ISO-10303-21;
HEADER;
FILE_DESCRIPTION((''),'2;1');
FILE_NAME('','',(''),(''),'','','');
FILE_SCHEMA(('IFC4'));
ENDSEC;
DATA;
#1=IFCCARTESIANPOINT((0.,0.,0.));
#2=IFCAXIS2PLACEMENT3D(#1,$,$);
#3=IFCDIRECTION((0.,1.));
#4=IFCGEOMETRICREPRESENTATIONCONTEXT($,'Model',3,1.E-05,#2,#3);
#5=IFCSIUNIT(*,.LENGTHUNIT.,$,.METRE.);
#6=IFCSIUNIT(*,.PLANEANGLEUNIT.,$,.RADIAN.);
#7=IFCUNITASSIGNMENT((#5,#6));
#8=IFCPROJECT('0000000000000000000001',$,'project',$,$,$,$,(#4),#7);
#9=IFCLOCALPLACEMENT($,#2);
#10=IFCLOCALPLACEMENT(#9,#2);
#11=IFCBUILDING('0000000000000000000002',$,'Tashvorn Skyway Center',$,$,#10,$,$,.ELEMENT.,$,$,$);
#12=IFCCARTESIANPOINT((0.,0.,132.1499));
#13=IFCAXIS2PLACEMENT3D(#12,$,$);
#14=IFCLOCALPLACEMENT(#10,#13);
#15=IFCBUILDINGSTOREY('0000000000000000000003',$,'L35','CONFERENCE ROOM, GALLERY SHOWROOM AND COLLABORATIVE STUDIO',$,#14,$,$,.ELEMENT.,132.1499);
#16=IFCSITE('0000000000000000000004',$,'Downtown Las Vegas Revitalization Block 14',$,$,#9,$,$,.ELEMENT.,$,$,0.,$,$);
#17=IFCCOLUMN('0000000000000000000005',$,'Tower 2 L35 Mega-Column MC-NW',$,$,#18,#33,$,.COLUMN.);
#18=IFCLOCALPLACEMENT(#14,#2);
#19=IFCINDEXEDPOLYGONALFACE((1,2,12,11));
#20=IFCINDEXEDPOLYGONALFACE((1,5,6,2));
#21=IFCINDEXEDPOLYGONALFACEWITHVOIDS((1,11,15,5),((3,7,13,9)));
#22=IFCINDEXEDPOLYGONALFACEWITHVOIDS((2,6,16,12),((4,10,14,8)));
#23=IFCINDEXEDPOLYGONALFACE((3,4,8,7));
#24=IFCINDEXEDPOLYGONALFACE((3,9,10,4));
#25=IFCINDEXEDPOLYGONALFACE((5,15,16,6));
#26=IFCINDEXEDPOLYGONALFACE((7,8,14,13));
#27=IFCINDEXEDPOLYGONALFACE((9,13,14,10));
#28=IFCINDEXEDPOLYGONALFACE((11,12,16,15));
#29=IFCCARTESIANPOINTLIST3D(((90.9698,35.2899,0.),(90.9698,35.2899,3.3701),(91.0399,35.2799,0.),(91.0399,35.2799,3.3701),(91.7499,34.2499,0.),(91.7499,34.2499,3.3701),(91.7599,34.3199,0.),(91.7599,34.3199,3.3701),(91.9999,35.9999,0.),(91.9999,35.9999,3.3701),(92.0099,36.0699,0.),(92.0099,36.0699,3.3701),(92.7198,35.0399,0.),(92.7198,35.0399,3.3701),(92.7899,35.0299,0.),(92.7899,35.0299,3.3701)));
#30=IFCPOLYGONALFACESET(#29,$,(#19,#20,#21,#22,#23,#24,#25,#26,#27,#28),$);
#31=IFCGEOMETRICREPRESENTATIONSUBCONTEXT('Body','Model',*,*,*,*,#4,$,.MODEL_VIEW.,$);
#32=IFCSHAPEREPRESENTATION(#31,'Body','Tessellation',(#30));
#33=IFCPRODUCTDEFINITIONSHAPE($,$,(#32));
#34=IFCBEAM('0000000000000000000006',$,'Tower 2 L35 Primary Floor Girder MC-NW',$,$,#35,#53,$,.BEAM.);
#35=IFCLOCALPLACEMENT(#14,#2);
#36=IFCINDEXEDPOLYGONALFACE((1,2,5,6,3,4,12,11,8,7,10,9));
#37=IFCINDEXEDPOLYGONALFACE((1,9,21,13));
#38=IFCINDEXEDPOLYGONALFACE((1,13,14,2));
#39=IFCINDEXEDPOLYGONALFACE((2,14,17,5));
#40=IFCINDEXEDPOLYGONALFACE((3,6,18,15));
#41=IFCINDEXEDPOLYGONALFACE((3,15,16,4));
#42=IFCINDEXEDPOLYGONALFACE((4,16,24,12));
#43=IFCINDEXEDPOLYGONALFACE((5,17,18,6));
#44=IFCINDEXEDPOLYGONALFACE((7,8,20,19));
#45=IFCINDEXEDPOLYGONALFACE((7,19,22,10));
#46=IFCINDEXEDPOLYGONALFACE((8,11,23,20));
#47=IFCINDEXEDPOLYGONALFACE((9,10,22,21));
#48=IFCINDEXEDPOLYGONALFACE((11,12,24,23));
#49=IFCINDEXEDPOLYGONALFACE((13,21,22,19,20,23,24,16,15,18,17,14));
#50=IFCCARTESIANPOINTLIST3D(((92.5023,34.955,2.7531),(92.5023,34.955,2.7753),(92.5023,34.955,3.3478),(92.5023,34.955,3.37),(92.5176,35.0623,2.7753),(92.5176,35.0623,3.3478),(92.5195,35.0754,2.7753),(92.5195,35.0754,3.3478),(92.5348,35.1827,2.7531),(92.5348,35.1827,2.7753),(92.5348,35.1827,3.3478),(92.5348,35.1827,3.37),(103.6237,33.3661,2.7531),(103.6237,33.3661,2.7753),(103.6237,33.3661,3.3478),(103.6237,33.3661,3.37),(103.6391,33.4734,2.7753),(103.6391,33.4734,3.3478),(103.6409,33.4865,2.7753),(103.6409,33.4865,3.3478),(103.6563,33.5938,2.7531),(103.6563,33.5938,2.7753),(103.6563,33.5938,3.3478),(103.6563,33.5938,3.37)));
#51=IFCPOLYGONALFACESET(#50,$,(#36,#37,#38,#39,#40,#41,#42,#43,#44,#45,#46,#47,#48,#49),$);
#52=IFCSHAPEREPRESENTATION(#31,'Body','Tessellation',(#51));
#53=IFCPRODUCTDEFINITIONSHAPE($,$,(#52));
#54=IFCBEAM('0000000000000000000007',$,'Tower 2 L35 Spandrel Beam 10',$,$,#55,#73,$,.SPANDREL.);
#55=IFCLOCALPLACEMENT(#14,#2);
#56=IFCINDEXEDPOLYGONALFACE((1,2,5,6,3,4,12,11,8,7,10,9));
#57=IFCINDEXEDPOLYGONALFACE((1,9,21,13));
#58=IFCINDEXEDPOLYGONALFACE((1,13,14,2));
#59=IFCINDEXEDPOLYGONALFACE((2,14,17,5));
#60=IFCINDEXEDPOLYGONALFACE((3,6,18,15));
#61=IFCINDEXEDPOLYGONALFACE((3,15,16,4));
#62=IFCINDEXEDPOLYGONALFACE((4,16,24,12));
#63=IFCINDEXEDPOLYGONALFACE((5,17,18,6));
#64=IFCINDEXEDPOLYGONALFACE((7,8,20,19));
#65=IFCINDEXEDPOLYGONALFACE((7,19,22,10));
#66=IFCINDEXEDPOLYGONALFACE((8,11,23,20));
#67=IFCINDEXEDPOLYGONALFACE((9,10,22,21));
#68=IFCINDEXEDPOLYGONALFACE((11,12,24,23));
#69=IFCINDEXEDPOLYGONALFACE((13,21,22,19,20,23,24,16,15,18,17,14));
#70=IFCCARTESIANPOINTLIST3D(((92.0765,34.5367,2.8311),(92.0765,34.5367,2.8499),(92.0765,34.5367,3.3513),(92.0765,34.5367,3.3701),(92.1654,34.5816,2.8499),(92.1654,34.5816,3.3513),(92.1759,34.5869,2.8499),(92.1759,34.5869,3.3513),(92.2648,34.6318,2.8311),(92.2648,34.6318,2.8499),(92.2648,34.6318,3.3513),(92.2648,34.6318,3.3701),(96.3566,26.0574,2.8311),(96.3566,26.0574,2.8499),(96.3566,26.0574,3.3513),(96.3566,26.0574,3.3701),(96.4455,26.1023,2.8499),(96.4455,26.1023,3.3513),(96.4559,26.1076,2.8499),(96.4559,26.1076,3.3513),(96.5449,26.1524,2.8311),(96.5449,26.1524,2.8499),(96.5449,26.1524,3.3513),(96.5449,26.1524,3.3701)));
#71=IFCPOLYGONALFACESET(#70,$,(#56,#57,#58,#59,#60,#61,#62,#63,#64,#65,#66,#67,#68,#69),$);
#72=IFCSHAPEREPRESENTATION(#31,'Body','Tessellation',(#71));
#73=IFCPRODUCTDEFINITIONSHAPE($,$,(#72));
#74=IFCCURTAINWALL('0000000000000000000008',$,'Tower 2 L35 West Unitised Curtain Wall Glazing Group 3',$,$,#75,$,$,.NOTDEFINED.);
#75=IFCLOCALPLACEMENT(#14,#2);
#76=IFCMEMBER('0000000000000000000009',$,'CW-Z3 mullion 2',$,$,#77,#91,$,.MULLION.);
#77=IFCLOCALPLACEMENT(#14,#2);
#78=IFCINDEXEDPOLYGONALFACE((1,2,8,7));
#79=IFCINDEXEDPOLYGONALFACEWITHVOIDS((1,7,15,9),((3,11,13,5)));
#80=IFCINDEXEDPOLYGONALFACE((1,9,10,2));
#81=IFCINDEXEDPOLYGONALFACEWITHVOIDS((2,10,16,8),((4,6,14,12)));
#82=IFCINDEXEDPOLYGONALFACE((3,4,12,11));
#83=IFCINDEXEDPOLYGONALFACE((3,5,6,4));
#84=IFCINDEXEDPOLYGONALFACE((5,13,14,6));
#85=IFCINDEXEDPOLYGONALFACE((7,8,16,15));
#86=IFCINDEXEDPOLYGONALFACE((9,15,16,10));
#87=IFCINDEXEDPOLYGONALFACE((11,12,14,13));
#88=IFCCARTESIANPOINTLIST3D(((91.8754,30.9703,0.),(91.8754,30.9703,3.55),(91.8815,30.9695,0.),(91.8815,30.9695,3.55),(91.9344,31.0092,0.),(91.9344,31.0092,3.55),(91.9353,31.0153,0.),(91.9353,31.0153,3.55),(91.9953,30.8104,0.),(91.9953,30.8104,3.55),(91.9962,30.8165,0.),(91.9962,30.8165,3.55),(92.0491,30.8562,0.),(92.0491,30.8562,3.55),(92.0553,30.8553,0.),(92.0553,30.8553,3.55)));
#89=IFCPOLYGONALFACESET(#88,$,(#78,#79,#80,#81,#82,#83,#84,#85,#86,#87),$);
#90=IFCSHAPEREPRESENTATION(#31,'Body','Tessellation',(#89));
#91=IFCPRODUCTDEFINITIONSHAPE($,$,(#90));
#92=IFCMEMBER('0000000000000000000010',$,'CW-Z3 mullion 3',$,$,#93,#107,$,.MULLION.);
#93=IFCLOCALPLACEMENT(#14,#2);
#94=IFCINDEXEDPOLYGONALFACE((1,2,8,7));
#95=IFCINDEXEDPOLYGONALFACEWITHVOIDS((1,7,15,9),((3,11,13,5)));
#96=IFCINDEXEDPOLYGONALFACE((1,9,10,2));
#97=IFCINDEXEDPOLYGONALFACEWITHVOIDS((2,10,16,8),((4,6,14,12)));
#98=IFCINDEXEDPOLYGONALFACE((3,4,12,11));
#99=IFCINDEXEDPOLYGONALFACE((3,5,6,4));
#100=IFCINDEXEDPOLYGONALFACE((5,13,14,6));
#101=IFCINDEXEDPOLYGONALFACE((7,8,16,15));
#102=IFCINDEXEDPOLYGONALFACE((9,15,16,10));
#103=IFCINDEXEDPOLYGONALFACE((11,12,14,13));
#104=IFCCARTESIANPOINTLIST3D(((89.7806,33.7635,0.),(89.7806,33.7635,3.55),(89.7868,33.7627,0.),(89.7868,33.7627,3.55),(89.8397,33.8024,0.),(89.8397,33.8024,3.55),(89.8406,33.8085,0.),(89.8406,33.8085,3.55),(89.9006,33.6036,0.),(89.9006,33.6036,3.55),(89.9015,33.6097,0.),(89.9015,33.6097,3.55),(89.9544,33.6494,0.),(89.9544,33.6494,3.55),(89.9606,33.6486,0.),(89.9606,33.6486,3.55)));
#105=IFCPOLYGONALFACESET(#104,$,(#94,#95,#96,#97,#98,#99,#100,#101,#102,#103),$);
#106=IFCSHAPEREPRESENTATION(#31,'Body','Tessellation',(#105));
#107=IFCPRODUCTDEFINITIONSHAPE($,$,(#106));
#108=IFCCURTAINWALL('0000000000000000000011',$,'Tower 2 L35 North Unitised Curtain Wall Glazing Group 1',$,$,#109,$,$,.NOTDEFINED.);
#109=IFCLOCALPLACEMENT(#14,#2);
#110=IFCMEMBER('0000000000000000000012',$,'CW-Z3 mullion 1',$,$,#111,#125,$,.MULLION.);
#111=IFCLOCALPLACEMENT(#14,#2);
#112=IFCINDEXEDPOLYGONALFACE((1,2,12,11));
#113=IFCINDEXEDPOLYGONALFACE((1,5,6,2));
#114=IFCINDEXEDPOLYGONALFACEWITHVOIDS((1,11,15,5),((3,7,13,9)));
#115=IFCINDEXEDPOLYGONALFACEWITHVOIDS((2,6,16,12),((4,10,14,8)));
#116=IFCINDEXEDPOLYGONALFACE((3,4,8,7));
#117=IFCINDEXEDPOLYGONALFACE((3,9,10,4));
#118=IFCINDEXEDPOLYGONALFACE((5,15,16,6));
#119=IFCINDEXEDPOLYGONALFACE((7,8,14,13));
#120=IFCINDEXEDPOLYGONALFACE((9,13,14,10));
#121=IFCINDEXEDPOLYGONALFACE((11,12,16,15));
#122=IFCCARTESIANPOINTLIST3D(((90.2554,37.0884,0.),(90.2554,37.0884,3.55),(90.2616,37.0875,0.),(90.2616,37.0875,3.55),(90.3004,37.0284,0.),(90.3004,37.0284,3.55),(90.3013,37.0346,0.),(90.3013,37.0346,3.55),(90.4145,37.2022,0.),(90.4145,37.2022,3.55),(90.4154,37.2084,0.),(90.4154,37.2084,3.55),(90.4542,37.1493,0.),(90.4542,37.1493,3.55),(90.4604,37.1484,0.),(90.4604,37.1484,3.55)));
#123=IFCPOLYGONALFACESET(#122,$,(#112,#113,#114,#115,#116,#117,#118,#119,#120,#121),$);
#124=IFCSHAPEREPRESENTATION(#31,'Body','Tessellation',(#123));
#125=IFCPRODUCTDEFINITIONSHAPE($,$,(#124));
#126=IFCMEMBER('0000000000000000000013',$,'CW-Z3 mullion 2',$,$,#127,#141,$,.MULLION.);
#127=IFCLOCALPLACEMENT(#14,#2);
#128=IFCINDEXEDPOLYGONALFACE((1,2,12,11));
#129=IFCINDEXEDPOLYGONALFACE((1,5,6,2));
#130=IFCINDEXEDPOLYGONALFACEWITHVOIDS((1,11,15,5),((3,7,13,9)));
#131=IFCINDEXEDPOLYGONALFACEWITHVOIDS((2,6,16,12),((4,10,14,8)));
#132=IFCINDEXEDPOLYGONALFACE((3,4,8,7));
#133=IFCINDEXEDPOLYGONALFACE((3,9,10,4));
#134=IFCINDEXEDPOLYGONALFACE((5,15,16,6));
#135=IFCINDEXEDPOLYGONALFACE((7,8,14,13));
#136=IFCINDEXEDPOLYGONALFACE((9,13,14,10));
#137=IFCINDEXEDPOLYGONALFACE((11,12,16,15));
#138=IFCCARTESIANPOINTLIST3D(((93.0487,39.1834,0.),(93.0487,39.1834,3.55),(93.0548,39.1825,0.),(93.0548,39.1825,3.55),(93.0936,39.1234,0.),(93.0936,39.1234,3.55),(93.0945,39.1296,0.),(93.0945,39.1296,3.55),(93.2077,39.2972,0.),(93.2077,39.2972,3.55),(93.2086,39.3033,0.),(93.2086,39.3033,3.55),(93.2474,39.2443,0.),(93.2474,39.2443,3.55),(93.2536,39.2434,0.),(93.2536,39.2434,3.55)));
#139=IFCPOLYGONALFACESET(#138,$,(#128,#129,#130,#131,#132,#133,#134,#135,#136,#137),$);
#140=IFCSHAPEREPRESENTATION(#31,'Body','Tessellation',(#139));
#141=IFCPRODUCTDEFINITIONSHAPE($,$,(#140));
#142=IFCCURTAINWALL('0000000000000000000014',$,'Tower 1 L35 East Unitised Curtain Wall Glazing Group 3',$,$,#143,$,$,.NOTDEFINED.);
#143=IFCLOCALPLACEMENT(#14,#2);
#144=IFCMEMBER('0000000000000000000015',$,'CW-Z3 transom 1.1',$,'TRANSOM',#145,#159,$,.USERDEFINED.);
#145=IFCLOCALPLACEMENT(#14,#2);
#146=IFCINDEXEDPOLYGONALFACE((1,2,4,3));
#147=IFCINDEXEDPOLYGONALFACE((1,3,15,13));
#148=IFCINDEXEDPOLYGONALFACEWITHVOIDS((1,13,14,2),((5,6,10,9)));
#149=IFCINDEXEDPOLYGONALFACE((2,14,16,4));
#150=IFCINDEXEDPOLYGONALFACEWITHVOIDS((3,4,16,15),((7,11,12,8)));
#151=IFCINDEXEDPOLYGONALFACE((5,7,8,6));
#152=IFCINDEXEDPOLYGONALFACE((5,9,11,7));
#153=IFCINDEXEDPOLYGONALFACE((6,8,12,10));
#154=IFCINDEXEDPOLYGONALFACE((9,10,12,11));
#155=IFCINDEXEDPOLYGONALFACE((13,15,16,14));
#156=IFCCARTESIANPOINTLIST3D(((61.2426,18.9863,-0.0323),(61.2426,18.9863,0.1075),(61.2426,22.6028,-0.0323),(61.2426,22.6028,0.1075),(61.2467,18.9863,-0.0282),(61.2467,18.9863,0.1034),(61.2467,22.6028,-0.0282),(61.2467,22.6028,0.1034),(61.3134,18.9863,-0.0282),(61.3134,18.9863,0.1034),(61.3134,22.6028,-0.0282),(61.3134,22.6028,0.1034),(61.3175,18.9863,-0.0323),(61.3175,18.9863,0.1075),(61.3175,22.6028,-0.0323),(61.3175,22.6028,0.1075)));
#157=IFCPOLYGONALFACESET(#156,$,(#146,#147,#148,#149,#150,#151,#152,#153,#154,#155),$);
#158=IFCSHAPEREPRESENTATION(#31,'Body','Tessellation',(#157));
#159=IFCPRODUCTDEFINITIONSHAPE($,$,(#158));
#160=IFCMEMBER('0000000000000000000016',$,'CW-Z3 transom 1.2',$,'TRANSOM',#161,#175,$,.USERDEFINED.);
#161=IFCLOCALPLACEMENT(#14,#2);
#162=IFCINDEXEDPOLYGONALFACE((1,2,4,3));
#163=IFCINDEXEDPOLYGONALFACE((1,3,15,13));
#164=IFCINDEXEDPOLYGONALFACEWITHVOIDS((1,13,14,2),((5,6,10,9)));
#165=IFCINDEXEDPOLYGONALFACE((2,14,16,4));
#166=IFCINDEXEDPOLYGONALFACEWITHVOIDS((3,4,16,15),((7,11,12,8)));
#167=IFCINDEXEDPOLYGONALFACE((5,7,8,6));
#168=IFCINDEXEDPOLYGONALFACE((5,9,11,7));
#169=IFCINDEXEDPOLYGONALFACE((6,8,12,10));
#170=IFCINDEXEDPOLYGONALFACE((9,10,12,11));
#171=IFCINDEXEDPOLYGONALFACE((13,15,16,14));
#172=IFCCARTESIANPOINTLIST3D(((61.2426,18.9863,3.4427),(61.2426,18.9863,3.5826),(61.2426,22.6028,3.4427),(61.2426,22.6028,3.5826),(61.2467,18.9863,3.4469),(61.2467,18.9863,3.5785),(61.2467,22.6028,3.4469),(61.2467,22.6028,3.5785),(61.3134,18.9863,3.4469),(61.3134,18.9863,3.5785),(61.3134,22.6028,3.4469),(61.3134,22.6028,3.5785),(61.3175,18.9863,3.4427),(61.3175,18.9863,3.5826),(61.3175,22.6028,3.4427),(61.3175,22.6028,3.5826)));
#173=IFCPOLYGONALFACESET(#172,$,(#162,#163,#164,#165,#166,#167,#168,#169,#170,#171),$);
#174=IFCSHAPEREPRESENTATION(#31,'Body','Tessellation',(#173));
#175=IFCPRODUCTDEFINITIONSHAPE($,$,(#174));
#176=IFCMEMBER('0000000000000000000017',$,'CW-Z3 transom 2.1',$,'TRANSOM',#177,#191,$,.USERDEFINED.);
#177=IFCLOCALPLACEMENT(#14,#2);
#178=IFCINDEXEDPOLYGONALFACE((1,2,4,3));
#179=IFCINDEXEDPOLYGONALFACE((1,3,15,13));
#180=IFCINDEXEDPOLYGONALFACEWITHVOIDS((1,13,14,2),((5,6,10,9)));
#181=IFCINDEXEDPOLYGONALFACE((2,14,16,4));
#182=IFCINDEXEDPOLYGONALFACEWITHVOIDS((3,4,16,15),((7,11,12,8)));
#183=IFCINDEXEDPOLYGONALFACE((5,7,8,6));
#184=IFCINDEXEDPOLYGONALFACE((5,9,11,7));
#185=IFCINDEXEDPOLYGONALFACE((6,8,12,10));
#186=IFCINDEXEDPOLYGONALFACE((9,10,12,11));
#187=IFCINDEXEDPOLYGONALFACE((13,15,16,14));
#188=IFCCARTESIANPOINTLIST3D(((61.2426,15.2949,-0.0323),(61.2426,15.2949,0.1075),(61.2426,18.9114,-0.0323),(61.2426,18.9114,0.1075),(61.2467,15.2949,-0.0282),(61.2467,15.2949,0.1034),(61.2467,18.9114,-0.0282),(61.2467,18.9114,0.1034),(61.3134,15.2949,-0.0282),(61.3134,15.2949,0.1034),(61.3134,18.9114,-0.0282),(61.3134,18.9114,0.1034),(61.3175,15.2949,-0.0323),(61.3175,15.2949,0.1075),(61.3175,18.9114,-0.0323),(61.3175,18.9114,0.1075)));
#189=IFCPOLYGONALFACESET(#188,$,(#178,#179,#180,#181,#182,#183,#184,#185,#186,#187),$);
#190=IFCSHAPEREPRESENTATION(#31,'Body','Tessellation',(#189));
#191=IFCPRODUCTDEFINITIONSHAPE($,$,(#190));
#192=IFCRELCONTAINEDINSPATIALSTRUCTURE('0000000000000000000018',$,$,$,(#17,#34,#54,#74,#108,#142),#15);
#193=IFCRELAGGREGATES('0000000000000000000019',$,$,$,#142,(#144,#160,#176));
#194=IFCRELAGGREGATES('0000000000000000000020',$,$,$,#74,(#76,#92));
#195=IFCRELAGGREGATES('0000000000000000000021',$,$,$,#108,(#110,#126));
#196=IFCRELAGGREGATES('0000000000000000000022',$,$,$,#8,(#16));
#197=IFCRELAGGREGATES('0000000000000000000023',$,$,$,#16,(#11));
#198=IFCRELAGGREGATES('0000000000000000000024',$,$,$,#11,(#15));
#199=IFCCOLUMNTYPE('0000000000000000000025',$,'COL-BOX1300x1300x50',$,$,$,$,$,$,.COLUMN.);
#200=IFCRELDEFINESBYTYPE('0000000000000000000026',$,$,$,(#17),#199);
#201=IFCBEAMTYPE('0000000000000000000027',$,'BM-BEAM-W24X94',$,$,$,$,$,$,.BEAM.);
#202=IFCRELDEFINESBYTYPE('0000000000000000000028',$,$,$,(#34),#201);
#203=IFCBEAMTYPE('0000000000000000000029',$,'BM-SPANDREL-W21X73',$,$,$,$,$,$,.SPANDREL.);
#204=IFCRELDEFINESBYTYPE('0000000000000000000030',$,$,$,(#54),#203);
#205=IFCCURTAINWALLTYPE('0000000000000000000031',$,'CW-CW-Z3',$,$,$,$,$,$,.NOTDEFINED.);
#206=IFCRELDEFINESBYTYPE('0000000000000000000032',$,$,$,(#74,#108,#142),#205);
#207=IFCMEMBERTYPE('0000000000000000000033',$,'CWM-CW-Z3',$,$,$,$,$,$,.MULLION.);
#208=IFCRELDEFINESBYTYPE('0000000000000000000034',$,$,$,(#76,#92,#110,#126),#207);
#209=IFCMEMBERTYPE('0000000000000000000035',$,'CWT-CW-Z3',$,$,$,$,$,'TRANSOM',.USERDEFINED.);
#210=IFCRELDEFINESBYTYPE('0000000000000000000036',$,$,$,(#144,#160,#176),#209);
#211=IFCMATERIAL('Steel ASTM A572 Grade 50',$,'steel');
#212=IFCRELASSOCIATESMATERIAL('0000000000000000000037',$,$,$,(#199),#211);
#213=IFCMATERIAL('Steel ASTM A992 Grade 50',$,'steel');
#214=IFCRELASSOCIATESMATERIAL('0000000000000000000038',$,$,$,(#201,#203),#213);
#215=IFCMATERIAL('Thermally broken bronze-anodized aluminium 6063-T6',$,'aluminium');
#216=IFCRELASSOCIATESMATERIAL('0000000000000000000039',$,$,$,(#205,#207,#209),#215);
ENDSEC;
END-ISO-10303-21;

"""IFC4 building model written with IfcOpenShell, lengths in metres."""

from ifc_helpers import new_model, si_unit, direction, frame, origin, origin_2d, place, context, subcontext, project, spatial, hollow_rectangle, i_section, extrude, material, material_profile, profile_set, type_object, element, aggregate, save


model = new_model("IFC4")

# Units and contexts
model_context = context("Model", 3, precision=1e-05, world=origin(), true_north=direction((0.0, 1.0)))
body_context = subcontext(model_context, "Body", "Model", "MODEL_VIEW")
ifc_project = project(units=[si_unit("LENGTHUNIT", "METRE"), si_unit("PLANEANGLEUNIT", "RADIAN")], contexts=[model_context])

# Site, building, storey
site_placement = place(None, origin())
site = spatial("IfcSite", under=ifc_project, at=site_placement, Name="Downtown Las Vegas Revitalization Block 14", CompositionType="ELEMENT", RefElevation=0.0)
building_placement = place(site_placement, origin())
building = spatial("IfcBuilding", under=site, at=building_placement, Name="Tashvorn Skyway Center", CompositionType="ELEMENT")
storey_placement = place(building_placement, frame((0.0, 0.0, 132.1499)))
storey = spatial("IfcBuildingStorey", under=building, at=storey_placement, Name="L35", Description="CONFERENCE ROOM, GALLERY SHOWROOM AND COLLABORATIVE STUDIO", CompositionType="ELEMENT", Elevation=132.1499)

# Column
ifc_material_1 = material(Name="Steel ASTM A572 Grade 50", Category="steel")
ifc_material_profile_1 = material_profile(ifc_material_1, hollow_rectangle(XDim=1.3, YDim=1.3, WallThickness=0.05, at=origin_2d()), Name="BOX1300x1300x50")
ifc_profile_set_1 = profile_set([ifc_material_profile_1], Name="Steel ASTM A572 Grade 50")
column_type = type_object("IfcColumnType", Name="COL-BOX1300x1300x50", PredefinedType="COLUMN", material=ifc_profile_set_1)
column_placement = place(storey_placement, frame((91.8799, 35.1599, 0.0), z_axis=(0.0, 0.0, 1.0), x_axis=(0.8, 0.6, 0.0)))
element("IfcColumn", 1, at=column_placement, inside=storey, type_object=column_type, Name="Tower 2 L35 Mega-Column MC-NW", PredefinedType="COLUMN", context=body_context, shape_type="SweptSolid", body=[
    extrude(hollow_rectangle(XDim=1.3, YDim=1.3, WallThickness=0.05, at=origin_2d()), origin(), (0.0, 0.0, 1.0), 3.3701),
])

# Beams
ifc_material_2 = material(Name="Steel ASTM A992 Grade 50", Category="steel")
ifc_material_profile_2 = material_profile(ifc_material_2, i_section(OverallWidth=0.23, OverallDepth=0.6169, WebThickness=0.0132, FlangeThickness=0.0222, at=origin_2d()), Name="W24X94")
ifc_profile_set_2 = profile_set([ifc_material_profile_2], Name="Steel ASTM A992 Grade 50")
beam_type_1 = type_object("IfcBeamType", Name="BM-BEAM-W24X94", PredefinedType="BEAM", material=ifc_profile_set_2)
beam_1_placement = place(storey_placement, frame((92.5186, 35.0688, 3.0615), z_axis=(0.989948, -0.14143, 0.0), x_axis=(0.14143, 0.989948, 0.0)))
element("IfcBeam", 2, at=beam_1_placement, inside=storey, type_object=beam_type_1, Name="Tower 2 L35 Primary Floor Girder MC-NW", PredefinedType="BEAM", context=body_context, shape_type="SweptSolid", body=[
    extrude(i_section(OverallWidth=0.23, OverallDepth=0.6169, WebThickness=0.0132, FlangeThickness=0.0222, at=origin_2d()), origin(), (0.0, 0.0, 1.0), 11.2344),
])
ifc_material_profile_3 = material_profile(ifc_material_2, i_section(OverallWidth=0.2109, OverallDepth=0.5391, WebThickness=0.0117, FlangeThickness=0.0188, at=origin_2d()), Name="W21X73")
ifc_profile_set_3 = profile_set([ifc_material_profile_3], Name="Steel ASTM A992 Grade 50")
beam_type_2 = type_object("IfcBeamType", Name="BM-SPANDREL-W21X73", PredefinedType="SPANDREL", material=ifc_profile_set_3)
beam_2_placement = place(storey_placement, frame((92.1707, 34.5842, 3.1006), z_axis=(0.450614, -0.892719, 0.0), x_axis=(0.892719, 0.450614, 0.0)))
element("IfcBeam", 3, at=beam_2_placement, inside=storey, type_object=beam_type_2, Name="Tower 2 L35 Spandrel Beam 10", PredefinedType="SPANDREL", context=body_context, shape_type="SweptSolid", body=[
    extrude(i_section(OverallWidth=0.2109, OverallDepth=0.5391, WebThickness=0.0117, FlangeThickness=0.0188, at=origin_2d()), origin(), (0.0, 0.0, 1.0), 9.4983),
])

# Curtain walls, members
ifc_material_3 = material(Name="Thermally broken bronze-anodized aluminium 6063-T6", Category="aluminium")
curtain_wall_type = type_object("IfcCurtainWallType", Name="CW-CW-Z3", PredefinedType="NOTDEFINED", material=ifc_material_3)
curtain_wall_1_placement = place(storey_placement, origin())
curtain_wall_1 = element("IfcCurtainWall", 4, at=curtain_wall_1_placement, inside=storey, type_object=curtain_wall_type, Name="Tower 2 L35 West Unitised Curtain Wall Glazing Group 3", PredefinedType="NOTDEFINED")
ifc_material_profile_4 = material_profile(ifc_material_3, hollow_rectangle(XDim=0.075, YDim=0.2, WallThickness=0.0044, at=origin_2d()), Name="ALU-MULL-75x200")
ifc_profile_set_4 = profile_set([ifc_material_profile_4], Name="Thermally broken bronze-anodized aluminium 6063-T6")
member_type_1 = type_object("IfcMemberType", Name="CWM-CW-Z3", PredefinedType="MULLION", material=ifc_profile_set_4)
member_1_placement = place(storey_placement, frame((91.9653, 30.9128, 0.0), z_axis=(0.0, 0.0, 1.0), x_axis=(-0.799997, -0.600005, 0.0)))
member_1 = element("IfcMember", 5, at=member_1_placement, type_object=member_type_1, Name="CW-Z3 mullion 2", PredefinedType="MULLION", context=body_context, shape_type="SweptSolid", body=[
    extrude(hollow_rectangle(XDim=0.075, YDim=0.2, WallThickness=0.0044, at=origin_2d()), origin(), (0.0, 0.0, 1.0), 3.55),
])
member_2_placement = place(storey_placement, frame((89.8706, 33.7061, 0.0), z_axis=(0.0, 0.0, 1.0), x_axis=(-0.799997, -0.600005, 0.0)))
member_2 = element("IfcMember", 6, at=member_2_placement, type_object=member_type_1, Name="CW-Z3 mullion 3", PredefinedType="MULLION", context=body_context, shape_type="SweptSolid", body=[
    extrude(hollow_rectangle(XDim=0.075, YDim=0.2, WallThickness=0.0044, at=origin_2d()), origin(), (0.0, 0.0, 1.0), 3.55),
])
curtain_wall_2_placement = place(storey_placement, origin())
curtain_wall_2 = element("IfcCurtainWall", 7, at=curtain_wall_2_placement, inside=storey, type_object=curtain_wall_type, Name="Tower 2 L35 North Unitised Curtain Wall Glazing Group 1", PredefinedType="NOTDEFINED")
member_3_placement = place(storey_placement, frame((90.3579, 37.1184, 0.0), z_axis=(0.0, 0.0, 1.0), x_axis=(-0.600005, 0.799997, 0.0)))
member_3 = element("IfcMember", 8, at=member_3_placement, type_object=member_type_1, Name="CW-Z3 mullion 1", PredefinedType="MULLION", context=body_context, shape_type="SweptSolid", body=[
    extrude(hollow_rectangle(XDim=0.075, YDim=0.2, WallThickness=0.0044, at=origin_2d()), origin(), (0.0, 0.0, 1.0), 3.55),
])
member_4_placement = place(storey_placement, frame((93.1511, 39.2134, 0.0), z_axis=(0.0, 0.0, 1.0), x_axis=(-0.600005, 0.799997, 0.0)))
member_4 = element("IfcMember", 9, at=member_4_placement, type_object=member_type_1, Name="CW-Z3 mullion 2", PredefinedType="MULLION", context=body_context, shape_type="SweptSolid", body=[
    extrude(hollow_rectangle(XDim=0.075, YDim=0.2, WallThickness=0.0044, at=origin_2d()), origin(), (0.0, 0.0, 1.0), 3.55),
])
curtain_wall_3_placement = place(storey_placement, origin())
curtain_wall_3 = element("IfcCurtainWall", 10, at=curtain_wall_3_placement, inside=storey, type_object=curtain_wall_type, Name="Tower 1 L35 East Unitised Curtain Wall Glazing Group 3", PredefinedType="NOTDEFINED")
ifc_material_profile_5 = material_profile(ifc_material_3, hollow_rectangle(XDim=0.075, YDim=0.1399, WallThickness=0.0042, at=origin_2d()), Name="ALU-TRAN-75x140")
ifc_profile_set_5 = profile_set([ifc_material_profile_5], Name="Thermally broken bronze-anodized aluminium 6063-T6")
member_type_2 = type_object("IfcMemberType", Name="CWT-CW-Z3", ElementType="TRANSOM", PredefinedType="USERDEFINED", material=ifc_profile_set_5)
member_5_placement = place(storey_placement, frame((61.28, 22.6028, 0.0376), z_axis=(0.0, -1.0, 0.0), x_axis=(1.0, 0.0, 0.0)))
member_5 = element("IfcMember", 11, at=member_5_placement, type_object=member_type_2, Name="CW-Z3 transom 1.1", ObjectType="TRANSOM", PredefinedType="USERDEFINED", context=body_context, shape_type="SweptSolid", body=[
    extrude(hollow_rectangle(XDim=0.075, YDim=0.1399, WallThickness=0.0042, at=origin_2d()), origin(), (0.0, 0.0, 1.0), 3.6165),
])
member_6_placement = place(storey_placement, frame((61.28, 22.6028, 3.5127), z_axis=(0.0, -1.0, 0.0), x_axis=(1.0, 0.0, 0.0)))
member_6 = element("IfcMember", 12, at=member_6_placement, type_object=member_type_2, Name="CW-Z3 transom 1.2", ObjectType="TRANSOM", PredefinedType="USERDEFINED", context=body_context, shape_type="SweptSolid", body=[
    extrude(hollow_rectangle(XDim=0.075, YDim=0.1399, WallThickness=0.0042, at=origin_2d()), origin(), (0.0, 0.0, 1.0), 3.6165),
])
member_7_placement = place(storey_placement, frame((61.28, 18.9114, 0.0376), z_axis=(0.0, -1.0, 0.0), x_axis=(1.0, 0.0, 0.0)))
member_7 = element("IfcMember", 13, at=member_7_placement, type_object=member_type_2, Name="CW-Z3 transom 2.1", ObjectType="TRANSOM", PredefinedType="USERDEFINED", context=body_context, shape_type="SweptSolid", body=[
    extrude(hollow_rectangle(XDim=0.075, YDim=0.1399, WallThickness=0.0042, at=origin_2d()), origin(), (0.0, 0.0, 1.0), 3.6165),
])

aggregate(curtain_wall_3, [member_5, member_6, member_7])
aggregate(curtain_wall_1, [member_1, member_2])
aggregate(curtain_wall_2, [member_3, member_4])

save(model, "model.ifc")
